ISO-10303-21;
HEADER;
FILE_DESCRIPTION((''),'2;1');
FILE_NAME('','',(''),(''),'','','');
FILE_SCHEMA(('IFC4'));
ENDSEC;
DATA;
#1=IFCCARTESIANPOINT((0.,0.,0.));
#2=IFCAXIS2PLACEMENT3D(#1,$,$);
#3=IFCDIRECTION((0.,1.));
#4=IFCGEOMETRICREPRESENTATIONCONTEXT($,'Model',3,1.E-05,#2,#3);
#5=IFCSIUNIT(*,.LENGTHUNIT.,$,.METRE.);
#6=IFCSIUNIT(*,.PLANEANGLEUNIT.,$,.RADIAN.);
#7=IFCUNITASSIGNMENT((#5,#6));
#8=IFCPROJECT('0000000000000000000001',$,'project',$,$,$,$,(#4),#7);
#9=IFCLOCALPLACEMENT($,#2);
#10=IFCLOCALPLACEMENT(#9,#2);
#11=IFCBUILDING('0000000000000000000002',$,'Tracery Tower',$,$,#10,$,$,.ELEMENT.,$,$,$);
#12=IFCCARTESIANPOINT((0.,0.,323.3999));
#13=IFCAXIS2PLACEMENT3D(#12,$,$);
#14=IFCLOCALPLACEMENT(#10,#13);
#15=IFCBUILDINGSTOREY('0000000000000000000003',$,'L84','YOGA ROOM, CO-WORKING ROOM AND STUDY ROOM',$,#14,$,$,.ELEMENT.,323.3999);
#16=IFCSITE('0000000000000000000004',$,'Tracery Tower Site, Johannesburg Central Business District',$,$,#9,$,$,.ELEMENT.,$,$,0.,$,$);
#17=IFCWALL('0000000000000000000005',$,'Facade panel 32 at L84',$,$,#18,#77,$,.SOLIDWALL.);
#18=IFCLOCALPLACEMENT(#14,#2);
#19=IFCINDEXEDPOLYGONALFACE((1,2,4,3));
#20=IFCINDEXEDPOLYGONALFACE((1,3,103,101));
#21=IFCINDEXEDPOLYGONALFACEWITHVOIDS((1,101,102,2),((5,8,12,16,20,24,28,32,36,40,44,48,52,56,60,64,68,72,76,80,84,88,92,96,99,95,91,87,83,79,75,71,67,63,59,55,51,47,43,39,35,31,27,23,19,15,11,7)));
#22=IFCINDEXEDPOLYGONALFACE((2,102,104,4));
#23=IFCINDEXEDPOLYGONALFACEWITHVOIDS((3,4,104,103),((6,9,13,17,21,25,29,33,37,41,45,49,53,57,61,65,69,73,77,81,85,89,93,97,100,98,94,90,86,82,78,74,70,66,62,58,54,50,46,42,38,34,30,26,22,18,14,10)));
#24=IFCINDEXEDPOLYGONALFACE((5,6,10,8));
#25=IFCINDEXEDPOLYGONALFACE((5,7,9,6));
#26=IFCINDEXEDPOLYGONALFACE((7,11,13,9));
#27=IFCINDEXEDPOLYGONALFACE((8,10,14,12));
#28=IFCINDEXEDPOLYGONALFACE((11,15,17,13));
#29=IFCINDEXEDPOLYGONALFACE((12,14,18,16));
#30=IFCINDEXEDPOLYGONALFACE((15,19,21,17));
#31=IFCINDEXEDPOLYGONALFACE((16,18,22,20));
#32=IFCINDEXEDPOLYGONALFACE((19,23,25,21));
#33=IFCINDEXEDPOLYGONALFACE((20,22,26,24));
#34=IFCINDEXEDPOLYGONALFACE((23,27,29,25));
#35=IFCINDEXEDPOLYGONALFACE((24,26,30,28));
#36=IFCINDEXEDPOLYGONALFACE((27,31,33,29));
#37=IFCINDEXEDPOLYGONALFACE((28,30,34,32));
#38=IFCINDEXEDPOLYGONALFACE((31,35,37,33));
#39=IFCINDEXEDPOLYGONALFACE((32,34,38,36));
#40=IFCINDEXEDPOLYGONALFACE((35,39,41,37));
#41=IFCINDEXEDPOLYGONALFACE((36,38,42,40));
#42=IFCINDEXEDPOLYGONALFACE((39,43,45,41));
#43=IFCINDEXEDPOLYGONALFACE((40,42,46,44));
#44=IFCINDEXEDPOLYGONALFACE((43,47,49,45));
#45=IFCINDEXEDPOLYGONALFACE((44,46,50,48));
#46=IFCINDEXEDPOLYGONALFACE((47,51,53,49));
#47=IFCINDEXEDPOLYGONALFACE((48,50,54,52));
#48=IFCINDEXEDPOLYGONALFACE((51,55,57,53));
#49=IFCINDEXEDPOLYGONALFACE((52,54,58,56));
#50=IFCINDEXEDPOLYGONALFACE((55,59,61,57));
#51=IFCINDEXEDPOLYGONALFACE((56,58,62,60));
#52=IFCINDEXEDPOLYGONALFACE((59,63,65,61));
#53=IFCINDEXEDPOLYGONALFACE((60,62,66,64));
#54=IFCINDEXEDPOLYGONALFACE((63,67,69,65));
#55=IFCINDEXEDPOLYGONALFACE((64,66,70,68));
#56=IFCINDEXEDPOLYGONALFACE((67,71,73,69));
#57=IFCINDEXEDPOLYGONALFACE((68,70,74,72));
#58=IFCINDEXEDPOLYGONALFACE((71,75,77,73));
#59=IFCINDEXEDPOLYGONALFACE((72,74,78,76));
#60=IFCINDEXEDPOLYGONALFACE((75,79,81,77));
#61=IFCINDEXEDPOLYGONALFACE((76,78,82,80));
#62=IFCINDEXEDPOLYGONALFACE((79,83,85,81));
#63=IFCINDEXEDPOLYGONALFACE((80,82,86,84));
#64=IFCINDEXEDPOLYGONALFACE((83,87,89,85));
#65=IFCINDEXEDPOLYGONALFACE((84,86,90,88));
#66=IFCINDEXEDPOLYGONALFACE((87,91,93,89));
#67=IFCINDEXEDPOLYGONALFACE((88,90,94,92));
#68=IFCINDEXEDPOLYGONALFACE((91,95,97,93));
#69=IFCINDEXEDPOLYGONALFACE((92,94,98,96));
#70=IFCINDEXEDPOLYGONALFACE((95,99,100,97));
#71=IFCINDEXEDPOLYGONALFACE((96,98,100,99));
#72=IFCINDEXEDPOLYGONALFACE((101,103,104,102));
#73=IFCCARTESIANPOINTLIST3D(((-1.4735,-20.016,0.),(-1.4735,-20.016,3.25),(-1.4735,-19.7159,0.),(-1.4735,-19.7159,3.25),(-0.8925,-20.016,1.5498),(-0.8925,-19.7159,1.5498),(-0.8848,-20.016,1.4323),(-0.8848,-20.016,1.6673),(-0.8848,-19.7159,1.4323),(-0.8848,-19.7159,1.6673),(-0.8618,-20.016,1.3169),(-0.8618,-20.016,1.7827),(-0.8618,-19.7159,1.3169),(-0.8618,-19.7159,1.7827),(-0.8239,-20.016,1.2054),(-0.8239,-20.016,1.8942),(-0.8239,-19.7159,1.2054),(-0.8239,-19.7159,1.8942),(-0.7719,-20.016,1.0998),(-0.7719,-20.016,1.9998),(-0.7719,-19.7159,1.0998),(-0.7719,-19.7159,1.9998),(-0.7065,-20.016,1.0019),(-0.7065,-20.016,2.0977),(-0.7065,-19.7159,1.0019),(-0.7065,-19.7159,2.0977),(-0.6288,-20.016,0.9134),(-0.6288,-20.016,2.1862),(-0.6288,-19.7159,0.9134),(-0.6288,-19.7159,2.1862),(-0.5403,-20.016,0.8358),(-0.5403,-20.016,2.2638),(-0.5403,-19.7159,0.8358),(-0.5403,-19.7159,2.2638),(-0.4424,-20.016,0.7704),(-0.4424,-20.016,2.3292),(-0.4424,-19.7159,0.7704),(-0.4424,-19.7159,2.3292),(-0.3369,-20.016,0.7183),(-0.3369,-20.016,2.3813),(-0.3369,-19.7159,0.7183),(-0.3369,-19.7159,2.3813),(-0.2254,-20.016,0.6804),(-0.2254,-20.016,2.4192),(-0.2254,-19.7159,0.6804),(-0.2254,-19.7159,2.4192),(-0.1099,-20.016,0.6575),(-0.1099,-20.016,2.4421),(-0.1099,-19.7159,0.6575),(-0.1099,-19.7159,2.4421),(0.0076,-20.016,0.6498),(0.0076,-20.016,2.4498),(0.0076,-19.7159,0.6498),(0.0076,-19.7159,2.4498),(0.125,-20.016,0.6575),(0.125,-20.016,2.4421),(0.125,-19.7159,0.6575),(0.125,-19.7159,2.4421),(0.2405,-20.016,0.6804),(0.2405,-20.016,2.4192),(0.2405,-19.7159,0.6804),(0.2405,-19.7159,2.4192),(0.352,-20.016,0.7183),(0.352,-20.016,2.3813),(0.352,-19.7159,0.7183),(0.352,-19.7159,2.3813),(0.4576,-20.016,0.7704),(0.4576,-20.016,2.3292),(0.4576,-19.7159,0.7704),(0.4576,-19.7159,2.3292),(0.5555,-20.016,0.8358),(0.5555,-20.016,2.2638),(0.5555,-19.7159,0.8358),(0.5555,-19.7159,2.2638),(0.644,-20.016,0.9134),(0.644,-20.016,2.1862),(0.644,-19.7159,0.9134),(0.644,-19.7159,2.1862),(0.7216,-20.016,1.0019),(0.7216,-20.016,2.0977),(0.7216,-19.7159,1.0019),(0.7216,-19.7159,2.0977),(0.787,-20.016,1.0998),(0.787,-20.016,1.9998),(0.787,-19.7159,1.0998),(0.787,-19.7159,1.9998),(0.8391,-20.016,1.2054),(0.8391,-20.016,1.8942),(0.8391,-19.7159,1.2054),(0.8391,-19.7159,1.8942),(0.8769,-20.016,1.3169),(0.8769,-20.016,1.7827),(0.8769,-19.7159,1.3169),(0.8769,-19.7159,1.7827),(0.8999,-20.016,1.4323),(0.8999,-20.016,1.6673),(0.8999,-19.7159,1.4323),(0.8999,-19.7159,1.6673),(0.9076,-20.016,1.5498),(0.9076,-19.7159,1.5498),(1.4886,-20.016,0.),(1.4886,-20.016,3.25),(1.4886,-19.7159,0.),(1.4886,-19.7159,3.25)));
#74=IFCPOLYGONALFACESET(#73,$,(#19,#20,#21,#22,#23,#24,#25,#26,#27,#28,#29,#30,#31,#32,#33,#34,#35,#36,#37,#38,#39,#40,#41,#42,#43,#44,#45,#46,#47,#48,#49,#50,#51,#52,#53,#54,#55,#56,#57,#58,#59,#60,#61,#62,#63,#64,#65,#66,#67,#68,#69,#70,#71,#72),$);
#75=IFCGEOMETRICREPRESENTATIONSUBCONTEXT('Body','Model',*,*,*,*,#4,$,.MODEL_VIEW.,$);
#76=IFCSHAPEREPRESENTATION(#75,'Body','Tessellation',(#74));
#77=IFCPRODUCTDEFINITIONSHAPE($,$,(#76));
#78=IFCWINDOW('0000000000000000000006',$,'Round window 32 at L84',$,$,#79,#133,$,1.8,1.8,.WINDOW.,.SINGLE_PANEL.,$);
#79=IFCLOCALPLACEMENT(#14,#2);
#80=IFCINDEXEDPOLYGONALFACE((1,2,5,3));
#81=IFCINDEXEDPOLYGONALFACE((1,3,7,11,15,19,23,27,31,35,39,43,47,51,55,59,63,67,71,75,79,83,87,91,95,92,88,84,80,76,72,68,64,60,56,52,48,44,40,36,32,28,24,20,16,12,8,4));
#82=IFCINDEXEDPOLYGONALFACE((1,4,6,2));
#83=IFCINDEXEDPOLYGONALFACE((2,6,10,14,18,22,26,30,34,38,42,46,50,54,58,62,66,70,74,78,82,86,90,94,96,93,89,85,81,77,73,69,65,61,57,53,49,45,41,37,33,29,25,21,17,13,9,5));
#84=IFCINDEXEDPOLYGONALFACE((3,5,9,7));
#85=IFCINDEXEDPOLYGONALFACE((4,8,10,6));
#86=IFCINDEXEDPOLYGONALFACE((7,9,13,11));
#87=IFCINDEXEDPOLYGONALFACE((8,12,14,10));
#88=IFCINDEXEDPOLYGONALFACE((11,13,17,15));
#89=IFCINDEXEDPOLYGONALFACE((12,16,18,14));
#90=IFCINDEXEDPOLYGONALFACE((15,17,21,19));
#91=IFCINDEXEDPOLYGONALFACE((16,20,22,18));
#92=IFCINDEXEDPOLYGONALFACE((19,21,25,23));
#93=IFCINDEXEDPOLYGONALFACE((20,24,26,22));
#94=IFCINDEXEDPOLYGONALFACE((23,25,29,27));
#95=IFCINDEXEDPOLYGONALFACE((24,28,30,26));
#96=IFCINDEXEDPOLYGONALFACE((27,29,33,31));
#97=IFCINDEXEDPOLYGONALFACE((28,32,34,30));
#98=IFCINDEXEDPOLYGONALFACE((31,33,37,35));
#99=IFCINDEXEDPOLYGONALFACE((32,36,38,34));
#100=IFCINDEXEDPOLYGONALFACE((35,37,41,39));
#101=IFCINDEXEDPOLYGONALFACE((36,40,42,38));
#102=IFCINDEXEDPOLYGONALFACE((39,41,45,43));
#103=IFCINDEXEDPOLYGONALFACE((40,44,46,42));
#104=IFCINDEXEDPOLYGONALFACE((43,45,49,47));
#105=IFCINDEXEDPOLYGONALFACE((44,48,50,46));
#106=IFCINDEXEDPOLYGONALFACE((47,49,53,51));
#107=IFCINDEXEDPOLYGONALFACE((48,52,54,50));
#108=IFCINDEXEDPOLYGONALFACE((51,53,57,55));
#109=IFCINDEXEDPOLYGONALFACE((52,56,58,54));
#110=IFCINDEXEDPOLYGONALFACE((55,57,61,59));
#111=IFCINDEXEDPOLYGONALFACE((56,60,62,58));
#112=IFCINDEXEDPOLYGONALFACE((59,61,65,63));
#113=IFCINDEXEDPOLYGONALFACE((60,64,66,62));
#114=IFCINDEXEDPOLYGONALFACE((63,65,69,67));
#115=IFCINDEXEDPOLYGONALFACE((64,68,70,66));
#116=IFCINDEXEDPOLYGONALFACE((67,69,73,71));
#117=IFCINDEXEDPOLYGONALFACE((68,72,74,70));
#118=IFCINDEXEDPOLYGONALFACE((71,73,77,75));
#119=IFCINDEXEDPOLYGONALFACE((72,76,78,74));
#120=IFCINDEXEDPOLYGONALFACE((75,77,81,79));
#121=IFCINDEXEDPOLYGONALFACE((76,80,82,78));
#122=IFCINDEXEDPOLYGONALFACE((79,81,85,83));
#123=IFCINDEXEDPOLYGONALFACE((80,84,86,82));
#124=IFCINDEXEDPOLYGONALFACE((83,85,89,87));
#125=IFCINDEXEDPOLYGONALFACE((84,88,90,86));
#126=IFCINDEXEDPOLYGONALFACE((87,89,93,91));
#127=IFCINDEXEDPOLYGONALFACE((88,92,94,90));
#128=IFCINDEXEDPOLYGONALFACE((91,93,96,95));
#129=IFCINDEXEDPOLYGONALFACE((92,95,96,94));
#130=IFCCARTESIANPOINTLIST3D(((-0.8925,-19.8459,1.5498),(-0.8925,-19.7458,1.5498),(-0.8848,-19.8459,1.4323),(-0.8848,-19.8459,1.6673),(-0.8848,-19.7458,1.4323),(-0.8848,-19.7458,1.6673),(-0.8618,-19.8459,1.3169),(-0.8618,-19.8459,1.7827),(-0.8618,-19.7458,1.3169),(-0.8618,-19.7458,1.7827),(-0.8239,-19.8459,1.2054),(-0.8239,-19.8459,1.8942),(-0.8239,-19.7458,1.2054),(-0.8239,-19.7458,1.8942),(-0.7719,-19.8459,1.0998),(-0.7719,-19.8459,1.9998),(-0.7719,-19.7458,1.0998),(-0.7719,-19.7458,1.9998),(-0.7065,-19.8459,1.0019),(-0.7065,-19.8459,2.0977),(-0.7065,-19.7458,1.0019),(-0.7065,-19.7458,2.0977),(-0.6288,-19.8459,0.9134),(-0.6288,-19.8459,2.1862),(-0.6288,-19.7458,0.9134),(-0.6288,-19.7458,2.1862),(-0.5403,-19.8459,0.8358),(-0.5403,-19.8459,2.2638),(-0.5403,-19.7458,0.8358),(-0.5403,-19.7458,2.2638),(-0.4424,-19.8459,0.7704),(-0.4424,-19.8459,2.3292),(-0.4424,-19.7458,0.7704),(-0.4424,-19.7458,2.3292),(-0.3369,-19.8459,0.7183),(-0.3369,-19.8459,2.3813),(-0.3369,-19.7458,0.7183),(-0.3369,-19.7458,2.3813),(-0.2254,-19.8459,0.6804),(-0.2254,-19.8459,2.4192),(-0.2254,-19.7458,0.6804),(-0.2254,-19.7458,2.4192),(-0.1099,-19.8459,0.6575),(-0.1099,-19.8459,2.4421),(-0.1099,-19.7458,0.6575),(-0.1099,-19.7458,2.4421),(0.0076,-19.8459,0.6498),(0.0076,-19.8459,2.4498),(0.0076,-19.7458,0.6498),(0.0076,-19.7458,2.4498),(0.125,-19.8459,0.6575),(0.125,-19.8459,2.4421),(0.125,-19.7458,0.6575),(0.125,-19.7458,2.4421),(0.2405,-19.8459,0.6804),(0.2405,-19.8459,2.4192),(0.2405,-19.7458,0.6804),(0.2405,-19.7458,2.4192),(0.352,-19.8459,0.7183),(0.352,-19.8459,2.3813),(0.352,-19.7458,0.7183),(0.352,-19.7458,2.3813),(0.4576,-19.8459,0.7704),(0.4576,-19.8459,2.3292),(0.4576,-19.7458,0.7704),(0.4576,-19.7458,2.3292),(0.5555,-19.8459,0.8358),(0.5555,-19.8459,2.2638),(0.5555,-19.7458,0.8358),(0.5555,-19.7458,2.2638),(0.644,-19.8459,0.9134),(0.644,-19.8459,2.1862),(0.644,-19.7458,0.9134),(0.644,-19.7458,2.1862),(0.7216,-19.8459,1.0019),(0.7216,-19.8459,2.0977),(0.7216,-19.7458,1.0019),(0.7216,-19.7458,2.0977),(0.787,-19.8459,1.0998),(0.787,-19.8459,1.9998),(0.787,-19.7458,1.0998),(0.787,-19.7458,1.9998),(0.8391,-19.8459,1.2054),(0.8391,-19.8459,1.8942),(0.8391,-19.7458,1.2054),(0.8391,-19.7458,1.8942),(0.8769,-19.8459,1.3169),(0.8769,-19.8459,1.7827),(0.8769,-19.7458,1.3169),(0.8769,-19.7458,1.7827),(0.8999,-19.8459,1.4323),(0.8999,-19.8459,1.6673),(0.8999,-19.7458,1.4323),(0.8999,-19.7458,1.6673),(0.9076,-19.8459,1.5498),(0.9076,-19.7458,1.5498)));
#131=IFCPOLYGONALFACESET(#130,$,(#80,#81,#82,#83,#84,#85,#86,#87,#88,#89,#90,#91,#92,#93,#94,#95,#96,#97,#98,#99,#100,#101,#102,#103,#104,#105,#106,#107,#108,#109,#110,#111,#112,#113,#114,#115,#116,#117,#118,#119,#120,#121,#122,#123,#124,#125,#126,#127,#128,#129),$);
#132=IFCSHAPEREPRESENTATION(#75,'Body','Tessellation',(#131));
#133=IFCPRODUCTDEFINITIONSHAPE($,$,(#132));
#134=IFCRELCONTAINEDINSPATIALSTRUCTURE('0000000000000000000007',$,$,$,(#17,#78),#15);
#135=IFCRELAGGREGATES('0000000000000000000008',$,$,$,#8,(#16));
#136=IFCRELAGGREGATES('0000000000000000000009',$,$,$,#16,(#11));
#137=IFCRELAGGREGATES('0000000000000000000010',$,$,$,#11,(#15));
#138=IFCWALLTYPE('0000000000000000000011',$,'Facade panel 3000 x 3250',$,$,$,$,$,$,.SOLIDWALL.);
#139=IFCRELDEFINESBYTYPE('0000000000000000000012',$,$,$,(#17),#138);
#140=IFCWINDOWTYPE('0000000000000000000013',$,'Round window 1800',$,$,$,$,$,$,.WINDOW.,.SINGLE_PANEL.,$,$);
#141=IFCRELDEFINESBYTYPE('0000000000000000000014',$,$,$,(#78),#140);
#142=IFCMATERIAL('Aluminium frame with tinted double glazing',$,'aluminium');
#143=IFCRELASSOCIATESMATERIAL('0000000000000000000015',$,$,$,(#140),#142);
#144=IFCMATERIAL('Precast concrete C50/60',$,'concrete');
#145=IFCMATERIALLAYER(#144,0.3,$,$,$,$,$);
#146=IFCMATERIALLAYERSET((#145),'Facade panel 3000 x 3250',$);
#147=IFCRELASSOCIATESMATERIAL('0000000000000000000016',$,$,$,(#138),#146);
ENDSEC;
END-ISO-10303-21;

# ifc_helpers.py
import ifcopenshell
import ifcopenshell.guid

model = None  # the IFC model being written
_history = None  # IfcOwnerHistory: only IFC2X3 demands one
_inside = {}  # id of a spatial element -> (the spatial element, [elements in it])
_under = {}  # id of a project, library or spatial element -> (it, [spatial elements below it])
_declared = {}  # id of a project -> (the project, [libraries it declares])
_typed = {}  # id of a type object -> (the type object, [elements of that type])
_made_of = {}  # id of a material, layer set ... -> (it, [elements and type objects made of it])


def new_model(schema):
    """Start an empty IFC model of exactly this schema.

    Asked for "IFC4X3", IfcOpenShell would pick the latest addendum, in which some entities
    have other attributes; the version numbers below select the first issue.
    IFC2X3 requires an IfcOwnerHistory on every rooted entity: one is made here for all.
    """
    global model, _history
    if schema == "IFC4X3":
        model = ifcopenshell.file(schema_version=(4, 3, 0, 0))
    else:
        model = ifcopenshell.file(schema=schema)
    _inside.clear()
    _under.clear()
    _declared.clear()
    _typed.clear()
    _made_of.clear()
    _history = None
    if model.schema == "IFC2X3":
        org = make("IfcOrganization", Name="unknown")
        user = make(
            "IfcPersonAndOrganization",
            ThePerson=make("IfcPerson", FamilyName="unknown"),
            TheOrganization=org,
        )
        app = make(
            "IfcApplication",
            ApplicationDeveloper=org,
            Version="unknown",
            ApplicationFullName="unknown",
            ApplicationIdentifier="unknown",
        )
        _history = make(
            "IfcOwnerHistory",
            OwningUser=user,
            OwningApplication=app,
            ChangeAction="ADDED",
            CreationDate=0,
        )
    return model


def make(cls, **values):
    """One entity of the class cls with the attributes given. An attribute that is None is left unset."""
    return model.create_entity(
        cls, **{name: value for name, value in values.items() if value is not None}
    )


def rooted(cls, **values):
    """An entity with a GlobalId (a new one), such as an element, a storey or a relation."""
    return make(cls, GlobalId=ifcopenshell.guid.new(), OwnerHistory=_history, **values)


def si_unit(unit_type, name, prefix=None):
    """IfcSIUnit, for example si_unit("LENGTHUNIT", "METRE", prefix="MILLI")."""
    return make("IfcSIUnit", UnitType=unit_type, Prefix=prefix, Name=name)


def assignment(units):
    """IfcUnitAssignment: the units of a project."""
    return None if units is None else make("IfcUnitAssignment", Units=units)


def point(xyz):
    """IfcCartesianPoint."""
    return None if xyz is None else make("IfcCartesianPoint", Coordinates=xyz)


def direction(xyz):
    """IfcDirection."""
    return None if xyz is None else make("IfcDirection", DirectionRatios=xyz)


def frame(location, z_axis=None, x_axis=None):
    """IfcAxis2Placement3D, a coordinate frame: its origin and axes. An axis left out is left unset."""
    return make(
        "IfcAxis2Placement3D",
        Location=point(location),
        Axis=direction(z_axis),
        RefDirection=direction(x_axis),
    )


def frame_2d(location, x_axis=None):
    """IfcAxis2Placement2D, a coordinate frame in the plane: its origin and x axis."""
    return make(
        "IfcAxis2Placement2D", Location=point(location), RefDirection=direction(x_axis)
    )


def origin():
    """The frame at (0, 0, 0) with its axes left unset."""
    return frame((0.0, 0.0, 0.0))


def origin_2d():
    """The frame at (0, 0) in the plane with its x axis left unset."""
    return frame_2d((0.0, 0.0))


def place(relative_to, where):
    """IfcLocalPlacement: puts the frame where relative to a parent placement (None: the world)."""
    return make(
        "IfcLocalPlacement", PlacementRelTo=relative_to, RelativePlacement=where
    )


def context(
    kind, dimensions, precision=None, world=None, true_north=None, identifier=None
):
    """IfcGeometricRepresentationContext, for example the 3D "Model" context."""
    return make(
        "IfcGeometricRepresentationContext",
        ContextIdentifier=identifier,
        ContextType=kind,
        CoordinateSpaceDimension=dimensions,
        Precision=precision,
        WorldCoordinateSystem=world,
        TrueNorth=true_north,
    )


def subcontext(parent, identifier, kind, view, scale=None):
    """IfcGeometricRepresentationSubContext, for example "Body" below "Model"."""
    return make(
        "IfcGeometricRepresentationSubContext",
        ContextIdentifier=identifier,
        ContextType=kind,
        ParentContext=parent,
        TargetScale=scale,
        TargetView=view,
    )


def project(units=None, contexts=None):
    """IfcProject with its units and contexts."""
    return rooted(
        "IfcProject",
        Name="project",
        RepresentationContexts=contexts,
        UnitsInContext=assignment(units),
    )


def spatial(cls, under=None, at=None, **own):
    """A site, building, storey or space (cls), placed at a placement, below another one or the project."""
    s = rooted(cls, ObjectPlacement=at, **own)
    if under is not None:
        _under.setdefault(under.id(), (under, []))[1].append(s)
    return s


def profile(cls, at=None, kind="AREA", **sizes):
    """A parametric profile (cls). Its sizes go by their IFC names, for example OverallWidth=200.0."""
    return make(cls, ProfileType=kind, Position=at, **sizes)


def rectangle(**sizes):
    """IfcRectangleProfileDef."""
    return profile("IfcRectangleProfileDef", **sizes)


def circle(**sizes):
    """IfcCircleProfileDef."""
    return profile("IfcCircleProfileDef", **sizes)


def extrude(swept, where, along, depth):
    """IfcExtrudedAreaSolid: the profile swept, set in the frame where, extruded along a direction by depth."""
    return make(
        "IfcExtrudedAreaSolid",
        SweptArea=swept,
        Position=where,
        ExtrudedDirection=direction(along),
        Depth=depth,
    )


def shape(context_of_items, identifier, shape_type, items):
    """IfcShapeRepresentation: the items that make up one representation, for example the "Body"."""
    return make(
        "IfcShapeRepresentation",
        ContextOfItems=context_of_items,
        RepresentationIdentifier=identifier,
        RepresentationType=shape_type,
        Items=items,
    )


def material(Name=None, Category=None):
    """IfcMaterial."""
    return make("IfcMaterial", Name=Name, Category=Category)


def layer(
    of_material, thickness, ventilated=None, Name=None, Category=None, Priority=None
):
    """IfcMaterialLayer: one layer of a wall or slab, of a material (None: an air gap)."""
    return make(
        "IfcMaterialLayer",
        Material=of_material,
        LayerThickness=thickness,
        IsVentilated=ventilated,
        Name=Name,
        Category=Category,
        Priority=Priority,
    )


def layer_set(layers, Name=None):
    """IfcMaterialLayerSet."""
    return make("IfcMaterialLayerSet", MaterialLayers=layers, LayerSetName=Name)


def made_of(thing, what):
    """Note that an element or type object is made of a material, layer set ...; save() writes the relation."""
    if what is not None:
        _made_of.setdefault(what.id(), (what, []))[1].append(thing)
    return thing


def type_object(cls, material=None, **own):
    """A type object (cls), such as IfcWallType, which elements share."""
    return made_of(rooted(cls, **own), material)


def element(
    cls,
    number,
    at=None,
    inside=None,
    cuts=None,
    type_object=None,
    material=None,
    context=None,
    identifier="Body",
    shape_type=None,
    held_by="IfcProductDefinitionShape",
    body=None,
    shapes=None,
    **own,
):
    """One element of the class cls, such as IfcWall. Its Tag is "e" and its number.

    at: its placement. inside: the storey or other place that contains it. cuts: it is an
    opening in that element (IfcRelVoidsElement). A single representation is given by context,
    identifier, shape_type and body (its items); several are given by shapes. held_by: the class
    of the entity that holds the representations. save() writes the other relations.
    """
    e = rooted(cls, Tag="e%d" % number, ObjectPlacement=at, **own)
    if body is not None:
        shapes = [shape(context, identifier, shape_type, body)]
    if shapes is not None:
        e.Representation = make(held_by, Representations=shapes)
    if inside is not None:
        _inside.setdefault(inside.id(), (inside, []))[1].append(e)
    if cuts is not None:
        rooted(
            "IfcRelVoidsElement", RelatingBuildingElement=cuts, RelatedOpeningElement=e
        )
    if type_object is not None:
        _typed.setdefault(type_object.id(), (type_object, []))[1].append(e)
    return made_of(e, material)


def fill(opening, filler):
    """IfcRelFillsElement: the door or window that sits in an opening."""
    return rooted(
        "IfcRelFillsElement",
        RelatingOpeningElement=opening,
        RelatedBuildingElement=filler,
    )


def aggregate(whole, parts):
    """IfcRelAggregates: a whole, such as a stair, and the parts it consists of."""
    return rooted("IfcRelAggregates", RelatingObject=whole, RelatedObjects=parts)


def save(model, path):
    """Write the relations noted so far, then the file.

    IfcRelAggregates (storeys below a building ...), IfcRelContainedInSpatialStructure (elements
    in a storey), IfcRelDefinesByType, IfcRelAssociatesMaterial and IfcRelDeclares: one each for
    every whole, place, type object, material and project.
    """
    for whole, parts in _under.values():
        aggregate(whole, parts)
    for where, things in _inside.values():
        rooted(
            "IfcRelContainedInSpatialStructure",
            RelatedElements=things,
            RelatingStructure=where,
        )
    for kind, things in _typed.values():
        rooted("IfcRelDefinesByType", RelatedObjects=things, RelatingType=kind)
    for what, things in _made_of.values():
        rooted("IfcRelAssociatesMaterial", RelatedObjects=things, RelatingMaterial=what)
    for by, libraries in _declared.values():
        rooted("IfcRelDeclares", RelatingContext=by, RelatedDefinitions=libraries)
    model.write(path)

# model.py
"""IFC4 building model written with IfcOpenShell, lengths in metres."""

from ifc_helpers import new_model, si_unit, direction, frame, frame_2d, origin, origin_2d, place, context, subcontext, project, spatial, rectangle, circle, extrude, material, layer, layer_set, type_object, element, fill, save


model = new_model("IFC4")

# Units and contexts
model_context = context("Model", 3, precision=1e-05, world=origin(), true_north=direction((0.0, 1.0)))
body_context = subcontext(model_context, "Body", "Model", "MODEL_VIEW")
ifc_project = project(units=[si_unit("LENGTHUNIT", "METRE"), si_unit("PLANEANGLEUNIT", "RADIAN")], contexts=[model_context])

# Site, building, storey
site_placement = place(None, origin())
site = spatial("IfcSite", under=ifc_project, at=site_placement, Name="Tracery Tower Site, Johannesburg Central Business District", CompositionType="ELEMENT", RefElevation=0.0)
building_placement = place(site_placement, origin())
building = spatial("IfcBuilding", under=site, at=building_placement, Name="Tracery Tower", CompositionType="ELEMENT")
storey_placement = place(building_placement, frame((0.0, 0.0, 323.3999)))
storey = spatial("IfcBuildingStorey", under=building, at=storey_placement, Name="L84", Description="YOGA ROOM, CO-WORKING ROOM AND STUDY ROOM", CompositionType="ELEMENT", Elevation=323.3999)

# Wall, opening, window
ifc_material_1 = material(Name="Aluminium frame with tinted double glazing", Category="aluminium")
window_type = type_object("IfcWindowType", Name="Round window 1800", PartitioningType="SINGLE_PANEL", PredefinedType="WINDOW", material=ifc_material_1)
ifc_material_2 = material(Name="Precast concrete C50/60", Category="concrete")
ifc_layer_1 = layer(ifc_material_2, 0.3)
ifc_layer_set_1 = layer_set([ifc_layer_1], Name="Facade panel 3000 x 3250")
wall_type_1 = type_object("IfcWallType", Name="Facade panel 3000 x 3250", PredefinedType="SOLIDWALL", material=ifc_layer_set_1)
wall_1_placement = place(storey_placement, frame((-1.4734, -19.866, 0.0), z_axis=(0.0, 0.0, 1.0), x_axis=(1.0, 0.0, 0.0)))
wall_1 = element("IfcWall", 1, at=wall_1_placement, inside=storey, type_object=wall_type_1, Name="Facade panel 32 at L84", PredefinedType="SOLIDWALL", context=body_context, shape_type="SweptSolid", body=[
    extrude(rectangle(XDim=2.9622, YDim=0.3, at=frame_2d((1.481, 0.0))), origin(), (0.0, 0.0, 1.0), 3.25),
])
opening_1_placement = place(wall_1_placement, frame((1.481, 0.0, 1.5498)))
opening_1 = element("IfcOpeningElement", 2, at=opening_1_placement, cuts=wall_1, PredefinedType="OPENING", context=body_context, shape_type="SweptSolid", body=[
    extrude(circle(Radius=0.9, at=origin_2d()), frame((0.0, 0.1599, 0.0), z_axis=(0.0, -1.0, 0.0), x_axis=(1.0, 0.0, 0.0)), (0.0, 0.0, 1.0), 0.3201),
])
window_1_placement = place(opening_1_placement, origin())
window_1 = element("IfcWindow", 3, at=window_1_placement, inside=storey, type_object=window_type, Name="Round window 32 at L84", OverallHeight=1.8, OverallWidth=1.8, PartitioningType="SINGLE_PANEL", PredefinedType="WINDOW", context=body_context, shape_type="SweptSolid", body=[
    extrude(circle(Radius=0.9, at=origin_2d()), frame((0.0, 0.1201, 0.0), z_axis=(0.0, -1.0, 0.0), x_axis=(1.0, 0.0, 0.0)), (0.0, 0.0, 1.0), 0.1001),
])
fill(opening_1, window_1)

save(model, "model.ifc")
